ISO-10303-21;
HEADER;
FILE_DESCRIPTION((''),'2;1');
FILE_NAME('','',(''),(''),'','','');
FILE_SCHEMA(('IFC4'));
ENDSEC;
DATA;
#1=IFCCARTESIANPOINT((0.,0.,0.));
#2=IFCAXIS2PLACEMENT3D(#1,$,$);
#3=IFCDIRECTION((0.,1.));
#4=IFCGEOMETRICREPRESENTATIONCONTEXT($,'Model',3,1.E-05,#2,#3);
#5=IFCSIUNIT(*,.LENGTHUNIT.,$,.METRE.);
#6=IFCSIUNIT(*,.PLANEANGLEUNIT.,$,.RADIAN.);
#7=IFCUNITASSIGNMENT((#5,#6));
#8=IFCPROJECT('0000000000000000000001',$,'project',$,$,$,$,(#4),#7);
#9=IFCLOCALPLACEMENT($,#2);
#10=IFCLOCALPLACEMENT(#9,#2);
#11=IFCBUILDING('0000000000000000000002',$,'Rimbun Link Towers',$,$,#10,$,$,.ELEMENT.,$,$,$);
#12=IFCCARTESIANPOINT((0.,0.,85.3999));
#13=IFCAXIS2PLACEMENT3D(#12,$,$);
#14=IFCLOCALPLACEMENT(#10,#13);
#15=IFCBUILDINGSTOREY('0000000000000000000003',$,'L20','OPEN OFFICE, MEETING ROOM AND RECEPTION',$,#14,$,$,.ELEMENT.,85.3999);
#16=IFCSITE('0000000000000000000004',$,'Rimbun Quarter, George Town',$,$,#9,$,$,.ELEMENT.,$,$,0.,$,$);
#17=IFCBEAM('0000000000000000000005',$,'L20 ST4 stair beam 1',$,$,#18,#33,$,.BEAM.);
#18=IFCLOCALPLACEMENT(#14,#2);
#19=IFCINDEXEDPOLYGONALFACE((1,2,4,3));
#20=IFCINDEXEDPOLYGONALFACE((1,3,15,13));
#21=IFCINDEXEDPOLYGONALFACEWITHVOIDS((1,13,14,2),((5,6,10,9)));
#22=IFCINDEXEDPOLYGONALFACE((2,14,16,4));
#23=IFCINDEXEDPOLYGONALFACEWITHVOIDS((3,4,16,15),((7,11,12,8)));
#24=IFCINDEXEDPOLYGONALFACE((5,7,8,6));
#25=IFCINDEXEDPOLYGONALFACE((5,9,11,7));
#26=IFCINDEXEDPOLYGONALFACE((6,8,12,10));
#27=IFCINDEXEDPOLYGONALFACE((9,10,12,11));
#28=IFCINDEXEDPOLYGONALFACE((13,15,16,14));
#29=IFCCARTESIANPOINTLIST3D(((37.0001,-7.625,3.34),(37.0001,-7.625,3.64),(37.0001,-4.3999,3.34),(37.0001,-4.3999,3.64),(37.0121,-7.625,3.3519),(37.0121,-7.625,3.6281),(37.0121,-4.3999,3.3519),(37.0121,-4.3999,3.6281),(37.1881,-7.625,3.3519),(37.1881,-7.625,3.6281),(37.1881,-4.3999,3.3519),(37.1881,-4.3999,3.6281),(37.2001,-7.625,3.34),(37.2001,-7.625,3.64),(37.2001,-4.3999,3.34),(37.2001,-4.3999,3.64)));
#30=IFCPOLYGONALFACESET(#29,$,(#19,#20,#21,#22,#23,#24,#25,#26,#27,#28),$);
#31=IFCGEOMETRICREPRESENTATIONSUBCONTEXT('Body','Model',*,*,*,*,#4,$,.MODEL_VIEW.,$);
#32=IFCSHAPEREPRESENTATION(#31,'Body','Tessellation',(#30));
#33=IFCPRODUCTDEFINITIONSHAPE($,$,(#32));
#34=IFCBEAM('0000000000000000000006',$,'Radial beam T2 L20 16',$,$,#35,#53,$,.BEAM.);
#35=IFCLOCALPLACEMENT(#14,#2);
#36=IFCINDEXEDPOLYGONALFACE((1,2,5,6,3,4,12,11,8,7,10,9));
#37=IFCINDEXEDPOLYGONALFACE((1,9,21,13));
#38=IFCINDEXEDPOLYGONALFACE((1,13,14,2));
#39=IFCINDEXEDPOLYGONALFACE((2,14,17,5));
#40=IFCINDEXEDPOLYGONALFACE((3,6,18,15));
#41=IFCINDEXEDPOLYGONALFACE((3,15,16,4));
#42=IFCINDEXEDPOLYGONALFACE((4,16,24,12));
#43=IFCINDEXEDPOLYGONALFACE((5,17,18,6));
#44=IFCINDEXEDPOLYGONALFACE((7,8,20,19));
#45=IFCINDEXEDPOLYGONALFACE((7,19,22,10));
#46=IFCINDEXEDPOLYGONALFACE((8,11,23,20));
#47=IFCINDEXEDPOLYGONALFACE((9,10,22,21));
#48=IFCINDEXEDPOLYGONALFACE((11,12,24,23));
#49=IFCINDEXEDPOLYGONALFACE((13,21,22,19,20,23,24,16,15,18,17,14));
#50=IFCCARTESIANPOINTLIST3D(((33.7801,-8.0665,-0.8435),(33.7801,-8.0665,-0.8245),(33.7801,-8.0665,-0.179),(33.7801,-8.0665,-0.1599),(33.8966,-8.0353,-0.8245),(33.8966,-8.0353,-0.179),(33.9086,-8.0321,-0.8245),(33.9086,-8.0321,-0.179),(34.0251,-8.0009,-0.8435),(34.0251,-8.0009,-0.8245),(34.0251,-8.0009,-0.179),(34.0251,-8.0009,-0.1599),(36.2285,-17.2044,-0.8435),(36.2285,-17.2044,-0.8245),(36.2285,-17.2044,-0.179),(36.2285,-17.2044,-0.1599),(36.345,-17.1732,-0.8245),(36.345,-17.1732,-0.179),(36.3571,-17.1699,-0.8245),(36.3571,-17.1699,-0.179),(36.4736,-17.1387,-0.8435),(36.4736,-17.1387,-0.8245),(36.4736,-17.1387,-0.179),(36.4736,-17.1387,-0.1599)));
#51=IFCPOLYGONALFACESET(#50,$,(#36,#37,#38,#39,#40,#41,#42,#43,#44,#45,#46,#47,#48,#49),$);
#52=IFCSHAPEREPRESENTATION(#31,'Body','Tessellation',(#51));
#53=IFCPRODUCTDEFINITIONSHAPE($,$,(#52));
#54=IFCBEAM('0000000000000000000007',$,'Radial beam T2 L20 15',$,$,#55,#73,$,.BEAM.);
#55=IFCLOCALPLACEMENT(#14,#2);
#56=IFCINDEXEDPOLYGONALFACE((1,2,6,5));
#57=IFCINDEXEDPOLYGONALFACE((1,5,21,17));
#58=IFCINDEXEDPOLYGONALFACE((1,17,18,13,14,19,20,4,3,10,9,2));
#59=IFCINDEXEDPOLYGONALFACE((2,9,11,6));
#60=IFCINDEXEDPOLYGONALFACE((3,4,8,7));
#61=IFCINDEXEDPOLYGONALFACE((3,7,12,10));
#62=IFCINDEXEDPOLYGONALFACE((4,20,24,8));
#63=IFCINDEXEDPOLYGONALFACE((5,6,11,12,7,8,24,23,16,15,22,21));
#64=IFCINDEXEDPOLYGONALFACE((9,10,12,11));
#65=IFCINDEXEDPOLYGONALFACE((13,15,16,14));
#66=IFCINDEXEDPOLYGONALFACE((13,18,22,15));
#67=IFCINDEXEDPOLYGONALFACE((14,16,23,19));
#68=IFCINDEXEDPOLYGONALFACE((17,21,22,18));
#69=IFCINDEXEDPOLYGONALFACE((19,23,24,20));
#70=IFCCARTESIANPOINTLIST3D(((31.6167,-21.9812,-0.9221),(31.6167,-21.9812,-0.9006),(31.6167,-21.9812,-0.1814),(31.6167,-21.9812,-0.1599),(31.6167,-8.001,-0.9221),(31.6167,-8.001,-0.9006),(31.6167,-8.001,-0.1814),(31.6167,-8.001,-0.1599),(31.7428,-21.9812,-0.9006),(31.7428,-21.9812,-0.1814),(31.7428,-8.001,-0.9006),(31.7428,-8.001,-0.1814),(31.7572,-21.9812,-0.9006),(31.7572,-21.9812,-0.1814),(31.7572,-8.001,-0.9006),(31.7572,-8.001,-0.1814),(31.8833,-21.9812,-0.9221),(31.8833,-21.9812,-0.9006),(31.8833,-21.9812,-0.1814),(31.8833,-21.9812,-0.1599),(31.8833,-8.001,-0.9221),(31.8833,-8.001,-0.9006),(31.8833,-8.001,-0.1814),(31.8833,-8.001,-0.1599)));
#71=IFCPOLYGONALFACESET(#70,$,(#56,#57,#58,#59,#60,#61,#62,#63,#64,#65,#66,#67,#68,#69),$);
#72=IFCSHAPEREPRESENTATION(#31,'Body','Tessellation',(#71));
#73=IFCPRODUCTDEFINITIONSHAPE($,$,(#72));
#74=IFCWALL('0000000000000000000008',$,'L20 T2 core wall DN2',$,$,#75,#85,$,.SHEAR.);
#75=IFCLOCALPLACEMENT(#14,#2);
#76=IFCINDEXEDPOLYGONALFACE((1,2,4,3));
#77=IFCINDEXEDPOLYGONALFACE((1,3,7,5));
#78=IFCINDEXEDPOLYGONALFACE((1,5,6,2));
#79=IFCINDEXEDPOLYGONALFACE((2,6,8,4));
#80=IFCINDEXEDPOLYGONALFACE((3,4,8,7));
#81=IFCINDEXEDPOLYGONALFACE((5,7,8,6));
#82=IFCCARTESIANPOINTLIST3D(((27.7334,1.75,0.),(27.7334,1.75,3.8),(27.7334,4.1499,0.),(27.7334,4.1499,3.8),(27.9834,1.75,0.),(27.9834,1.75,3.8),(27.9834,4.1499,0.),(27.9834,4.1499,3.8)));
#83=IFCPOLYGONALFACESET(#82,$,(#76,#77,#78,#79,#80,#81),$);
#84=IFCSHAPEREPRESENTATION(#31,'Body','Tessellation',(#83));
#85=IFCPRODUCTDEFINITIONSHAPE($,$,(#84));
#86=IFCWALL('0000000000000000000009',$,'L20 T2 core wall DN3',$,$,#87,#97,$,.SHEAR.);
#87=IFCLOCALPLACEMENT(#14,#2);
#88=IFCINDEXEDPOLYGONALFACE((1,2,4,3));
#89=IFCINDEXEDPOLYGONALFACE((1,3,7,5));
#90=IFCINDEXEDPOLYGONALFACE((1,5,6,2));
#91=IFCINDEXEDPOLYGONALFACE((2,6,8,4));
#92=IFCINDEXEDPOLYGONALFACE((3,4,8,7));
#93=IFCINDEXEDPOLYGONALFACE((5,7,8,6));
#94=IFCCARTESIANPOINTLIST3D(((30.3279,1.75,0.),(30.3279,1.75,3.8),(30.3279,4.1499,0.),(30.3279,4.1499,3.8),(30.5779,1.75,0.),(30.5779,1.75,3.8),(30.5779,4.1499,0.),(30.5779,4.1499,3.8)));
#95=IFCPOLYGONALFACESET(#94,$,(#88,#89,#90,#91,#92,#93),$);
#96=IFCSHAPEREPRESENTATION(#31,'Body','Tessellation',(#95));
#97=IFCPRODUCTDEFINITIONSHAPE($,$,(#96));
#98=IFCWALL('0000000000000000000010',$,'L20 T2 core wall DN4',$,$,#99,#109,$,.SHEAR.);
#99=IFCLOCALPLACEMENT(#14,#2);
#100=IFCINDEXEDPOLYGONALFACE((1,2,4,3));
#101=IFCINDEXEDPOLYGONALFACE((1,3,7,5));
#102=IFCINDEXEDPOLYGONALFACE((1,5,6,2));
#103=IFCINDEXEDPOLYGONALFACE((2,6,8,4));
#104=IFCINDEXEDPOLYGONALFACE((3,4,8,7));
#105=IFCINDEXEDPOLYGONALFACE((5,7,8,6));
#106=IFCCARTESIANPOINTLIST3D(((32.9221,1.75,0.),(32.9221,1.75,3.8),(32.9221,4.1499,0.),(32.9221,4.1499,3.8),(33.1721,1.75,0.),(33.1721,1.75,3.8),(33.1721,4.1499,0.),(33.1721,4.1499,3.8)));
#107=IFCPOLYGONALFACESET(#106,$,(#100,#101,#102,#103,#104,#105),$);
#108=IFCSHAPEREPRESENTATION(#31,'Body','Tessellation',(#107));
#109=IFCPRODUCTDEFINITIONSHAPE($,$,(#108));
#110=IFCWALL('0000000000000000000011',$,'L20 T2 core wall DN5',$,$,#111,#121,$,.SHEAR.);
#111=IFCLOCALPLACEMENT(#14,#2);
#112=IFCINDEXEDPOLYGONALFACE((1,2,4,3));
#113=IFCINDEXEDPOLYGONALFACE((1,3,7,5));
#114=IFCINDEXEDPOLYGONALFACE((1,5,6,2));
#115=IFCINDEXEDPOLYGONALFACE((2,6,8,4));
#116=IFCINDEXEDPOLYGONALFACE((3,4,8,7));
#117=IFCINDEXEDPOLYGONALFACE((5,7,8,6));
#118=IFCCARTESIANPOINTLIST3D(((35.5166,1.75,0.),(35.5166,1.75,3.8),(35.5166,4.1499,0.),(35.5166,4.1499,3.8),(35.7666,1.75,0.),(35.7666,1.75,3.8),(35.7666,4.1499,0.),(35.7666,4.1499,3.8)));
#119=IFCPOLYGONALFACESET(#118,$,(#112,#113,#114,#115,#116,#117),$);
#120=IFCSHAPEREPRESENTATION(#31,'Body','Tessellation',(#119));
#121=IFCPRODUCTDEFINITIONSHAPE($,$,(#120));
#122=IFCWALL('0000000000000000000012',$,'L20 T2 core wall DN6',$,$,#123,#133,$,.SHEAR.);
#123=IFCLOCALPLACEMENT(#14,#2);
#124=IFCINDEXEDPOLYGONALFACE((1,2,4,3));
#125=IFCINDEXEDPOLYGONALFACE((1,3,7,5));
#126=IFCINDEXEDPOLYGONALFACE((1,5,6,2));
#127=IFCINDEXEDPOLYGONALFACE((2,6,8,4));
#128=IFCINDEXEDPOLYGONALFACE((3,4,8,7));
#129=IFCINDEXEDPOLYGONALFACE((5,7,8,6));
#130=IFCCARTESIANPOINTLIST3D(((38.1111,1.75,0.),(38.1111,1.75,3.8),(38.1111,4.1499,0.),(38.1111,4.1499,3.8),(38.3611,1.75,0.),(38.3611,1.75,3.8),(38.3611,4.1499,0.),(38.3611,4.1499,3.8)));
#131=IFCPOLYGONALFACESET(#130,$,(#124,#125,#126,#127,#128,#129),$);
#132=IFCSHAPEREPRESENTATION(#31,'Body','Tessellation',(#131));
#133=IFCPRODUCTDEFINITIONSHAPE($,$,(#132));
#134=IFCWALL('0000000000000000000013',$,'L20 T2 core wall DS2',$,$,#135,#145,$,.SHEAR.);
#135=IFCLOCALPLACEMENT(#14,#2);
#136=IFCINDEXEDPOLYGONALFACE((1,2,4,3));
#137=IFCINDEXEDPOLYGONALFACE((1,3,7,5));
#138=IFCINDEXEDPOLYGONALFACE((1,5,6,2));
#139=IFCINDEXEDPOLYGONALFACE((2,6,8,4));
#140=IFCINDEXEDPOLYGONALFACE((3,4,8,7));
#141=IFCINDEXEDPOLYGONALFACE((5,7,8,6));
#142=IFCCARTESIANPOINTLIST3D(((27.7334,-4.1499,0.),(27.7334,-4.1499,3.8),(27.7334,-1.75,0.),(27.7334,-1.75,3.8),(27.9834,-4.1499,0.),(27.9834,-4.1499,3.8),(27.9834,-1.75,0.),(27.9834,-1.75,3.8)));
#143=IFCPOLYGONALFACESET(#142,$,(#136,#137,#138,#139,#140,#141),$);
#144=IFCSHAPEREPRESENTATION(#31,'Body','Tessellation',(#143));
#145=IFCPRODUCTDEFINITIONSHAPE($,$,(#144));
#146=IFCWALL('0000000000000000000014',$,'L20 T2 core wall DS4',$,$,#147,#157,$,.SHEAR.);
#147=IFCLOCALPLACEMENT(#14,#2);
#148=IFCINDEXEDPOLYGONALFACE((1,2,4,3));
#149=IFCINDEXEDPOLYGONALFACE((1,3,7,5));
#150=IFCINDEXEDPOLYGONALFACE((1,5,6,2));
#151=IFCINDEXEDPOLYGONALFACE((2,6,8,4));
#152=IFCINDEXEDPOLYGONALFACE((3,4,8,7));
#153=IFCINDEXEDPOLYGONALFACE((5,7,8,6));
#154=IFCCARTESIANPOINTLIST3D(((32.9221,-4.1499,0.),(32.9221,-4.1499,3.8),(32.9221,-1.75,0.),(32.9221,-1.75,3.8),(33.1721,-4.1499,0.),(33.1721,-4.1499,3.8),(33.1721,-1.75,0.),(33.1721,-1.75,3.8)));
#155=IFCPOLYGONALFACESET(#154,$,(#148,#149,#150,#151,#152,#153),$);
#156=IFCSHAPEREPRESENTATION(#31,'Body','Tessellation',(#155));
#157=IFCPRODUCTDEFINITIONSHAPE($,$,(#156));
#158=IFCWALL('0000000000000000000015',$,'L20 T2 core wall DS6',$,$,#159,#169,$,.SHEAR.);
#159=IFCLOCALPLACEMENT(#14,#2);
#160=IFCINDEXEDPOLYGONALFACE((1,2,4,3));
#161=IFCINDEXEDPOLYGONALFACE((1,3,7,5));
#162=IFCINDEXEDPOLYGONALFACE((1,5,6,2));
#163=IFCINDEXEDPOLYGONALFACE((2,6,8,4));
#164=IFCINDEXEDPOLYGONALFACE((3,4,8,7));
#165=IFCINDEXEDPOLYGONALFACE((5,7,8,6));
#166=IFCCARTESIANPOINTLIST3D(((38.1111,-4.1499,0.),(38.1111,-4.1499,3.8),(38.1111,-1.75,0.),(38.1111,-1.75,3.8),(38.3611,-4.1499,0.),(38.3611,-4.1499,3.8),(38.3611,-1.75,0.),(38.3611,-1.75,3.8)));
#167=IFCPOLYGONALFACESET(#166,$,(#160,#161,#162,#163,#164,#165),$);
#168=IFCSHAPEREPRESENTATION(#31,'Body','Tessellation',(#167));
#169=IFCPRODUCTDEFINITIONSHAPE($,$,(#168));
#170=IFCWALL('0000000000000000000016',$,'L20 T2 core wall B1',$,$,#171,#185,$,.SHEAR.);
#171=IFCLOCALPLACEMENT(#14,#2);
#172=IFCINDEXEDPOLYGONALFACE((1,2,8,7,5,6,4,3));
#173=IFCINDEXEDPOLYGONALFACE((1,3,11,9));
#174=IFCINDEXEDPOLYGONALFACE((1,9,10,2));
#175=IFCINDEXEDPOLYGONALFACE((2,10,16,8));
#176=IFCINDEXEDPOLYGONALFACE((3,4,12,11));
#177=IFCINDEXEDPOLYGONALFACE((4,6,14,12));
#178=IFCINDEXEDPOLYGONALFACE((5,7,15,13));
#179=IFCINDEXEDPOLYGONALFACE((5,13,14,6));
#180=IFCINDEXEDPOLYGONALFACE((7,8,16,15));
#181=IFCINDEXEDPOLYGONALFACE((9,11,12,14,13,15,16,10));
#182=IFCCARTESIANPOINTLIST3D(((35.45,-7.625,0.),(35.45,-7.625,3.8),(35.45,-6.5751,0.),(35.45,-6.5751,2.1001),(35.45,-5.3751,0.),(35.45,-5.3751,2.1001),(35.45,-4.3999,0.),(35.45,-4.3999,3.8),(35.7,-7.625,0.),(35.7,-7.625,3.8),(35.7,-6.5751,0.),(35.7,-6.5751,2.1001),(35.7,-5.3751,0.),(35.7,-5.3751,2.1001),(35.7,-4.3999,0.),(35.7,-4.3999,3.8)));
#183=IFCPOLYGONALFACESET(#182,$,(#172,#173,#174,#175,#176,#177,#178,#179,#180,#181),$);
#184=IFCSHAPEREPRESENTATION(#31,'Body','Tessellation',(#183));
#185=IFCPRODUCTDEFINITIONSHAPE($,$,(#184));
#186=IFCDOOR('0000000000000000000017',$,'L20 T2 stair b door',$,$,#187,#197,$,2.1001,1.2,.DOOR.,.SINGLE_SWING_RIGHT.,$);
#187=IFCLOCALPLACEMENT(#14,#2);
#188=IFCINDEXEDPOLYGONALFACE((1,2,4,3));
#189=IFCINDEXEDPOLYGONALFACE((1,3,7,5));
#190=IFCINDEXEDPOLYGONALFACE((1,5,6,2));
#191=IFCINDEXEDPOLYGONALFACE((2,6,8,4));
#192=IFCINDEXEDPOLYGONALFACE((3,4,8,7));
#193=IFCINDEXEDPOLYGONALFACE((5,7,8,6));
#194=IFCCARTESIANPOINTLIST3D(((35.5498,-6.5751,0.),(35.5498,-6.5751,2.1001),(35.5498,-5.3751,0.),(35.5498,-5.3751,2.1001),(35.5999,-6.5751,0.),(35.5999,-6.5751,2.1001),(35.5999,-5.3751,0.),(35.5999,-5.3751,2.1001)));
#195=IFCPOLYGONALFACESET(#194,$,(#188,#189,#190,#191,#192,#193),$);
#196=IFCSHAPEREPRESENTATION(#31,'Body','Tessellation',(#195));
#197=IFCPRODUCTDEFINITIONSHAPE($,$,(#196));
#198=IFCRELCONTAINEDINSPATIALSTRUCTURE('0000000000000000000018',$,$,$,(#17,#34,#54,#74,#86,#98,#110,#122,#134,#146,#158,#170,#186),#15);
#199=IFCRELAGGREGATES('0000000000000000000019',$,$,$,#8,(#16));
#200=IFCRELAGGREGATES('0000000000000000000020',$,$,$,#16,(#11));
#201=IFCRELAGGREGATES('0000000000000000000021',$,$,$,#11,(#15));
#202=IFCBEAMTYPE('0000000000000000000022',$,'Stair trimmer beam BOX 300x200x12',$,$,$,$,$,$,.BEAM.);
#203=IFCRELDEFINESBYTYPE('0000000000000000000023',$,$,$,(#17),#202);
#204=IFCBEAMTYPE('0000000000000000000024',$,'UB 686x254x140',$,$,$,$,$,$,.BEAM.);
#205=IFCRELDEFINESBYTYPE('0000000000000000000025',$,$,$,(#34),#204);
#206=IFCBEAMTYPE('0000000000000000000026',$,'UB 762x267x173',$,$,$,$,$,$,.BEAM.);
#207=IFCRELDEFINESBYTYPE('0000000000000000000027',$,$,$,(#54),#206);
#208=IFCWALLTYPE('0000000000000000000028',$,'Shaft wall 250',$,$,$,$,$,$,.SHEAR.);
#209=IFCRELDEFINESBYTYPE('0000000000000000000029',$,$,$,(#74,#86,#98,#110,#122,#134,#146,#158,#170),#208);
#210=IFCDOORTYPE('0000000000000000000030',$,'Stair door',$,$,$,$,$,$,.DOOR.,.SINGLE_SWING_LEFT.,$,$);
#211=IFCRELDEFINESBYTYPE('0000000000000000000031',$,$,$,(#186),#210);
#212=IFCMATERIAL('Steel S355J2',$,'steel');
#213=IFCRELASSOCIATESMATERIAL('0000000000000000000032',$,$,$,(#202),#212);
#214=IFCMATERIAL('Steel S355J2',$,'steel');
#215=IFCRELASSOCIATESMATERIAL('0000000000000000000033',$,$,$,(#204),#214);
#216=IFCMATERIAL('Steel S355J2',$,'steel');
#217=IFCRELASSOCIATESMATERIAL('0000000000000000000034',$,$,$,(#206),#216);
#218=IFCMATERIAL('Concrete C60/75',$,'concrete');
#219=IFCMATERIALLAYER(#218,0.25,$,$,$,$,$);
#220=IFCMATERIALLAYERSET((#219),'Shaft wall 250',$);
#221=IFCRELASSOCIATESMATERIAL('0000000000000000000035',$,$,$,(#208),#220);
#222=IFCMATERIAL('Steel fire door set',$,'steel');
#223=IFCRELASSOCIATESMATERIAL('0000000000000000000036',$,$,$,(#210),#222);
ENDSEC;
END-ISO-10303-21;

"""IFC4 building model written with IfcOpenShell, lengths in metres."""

from ifc_helpers import new_model, si_unit, direction, frame, frame_2d, origin, origin_2d, place, context, subcontext, project, spatial, rectangle, hollow_rectangle, i_section, extrude, material, layer, layer_set, material_profile, profile_set, type_object, element, fill, save


model = new_model("IFC4")

# Units and contexts
model_context = context("Model", 3, precision=1e-05, world=origin(), true_north=direction((0.0, 1.0)))
body_context = subcontext(model_context, "Body", "Model", "MODEL_VIEW")
ifc_project = project(units=[si_unit("LENGTHUNIT", "METRE"), si_unit("PLANEANGLEUNIT", "RADIAN")], contexts=[model_context])

# Site, building, storey
site_placement = place(None, origin())
site = spatial("IfcSite", under=ifc_project, at=site_placement, Name="Rimbun Quarter, George Town", CompositionType="ELEMENT", RefElevation=0.0)
building_placement = place(site_placement, origin())
building = spatial("IfcBuilding", under=site, at=building_placement, Name="Rimbun Link Towers", CompositionType="ELEMENT")
storey_placement = place(building_placement, frame((0.0, 0.0, 85.3999)))
storey = spatial("IfcBuildingStorey", under=building, at=storey_placement, Name="L20", Description="OPEN OFFICE, MEETING ROOM AND RECEPTION", CompositionType="ELEMENT", Elevation=85.3999)

# Beams
ifc_material_1 = material(Name="Steel S355J2", Category="steel")
ifc_material_profile_1 = material_profile(ifc_material_1, hollow_rectangle(XDim=0.2, YDim=0.3, WallThickness=0.012, at=origin_2d()), Name="BOX 300x200x12")
ifc_profile_set_1 = profile_set([ifc_material_profile_1], Name="Steel S355J2")
beam_type_1 = type_object("IfcBeamType", Name="Stair trimmer beam BOX 300x200x12", PredefinedType="BEAM", material=ifc_profile_set_1)
beam_1_placement = place(storey_placement, frame((37.1001, -7.625, 3.49), z_axis=(0.0, 1.0, 0.0), x_axis=(-1.0, 0.0, 0.0)))
element("IfcBeam", 1, at=beam_1_placement, inside=storey, type_object=beam_type_1, Name="L20 ST4 stair beam 1", PredefinedType="BEAM", context=body_context, shape_type="SweptSolid", body=[
    extrude(hollow_rectangle(XDim=0.2, YDim=0.3, WallThickness=0.012, at=origin_2d()), origin(), (0.0, 0.0, 1.0), 3.2251),
])
ifc_material_2 = material(Name="Steel S355J2", Category="steel")
ifc_material_profile_2 = material_profile(ifc_material_2, i_section(OverallWidth=0.2537, OverallDepth=0.6836, WebThickness=0.0125, FlangeThickness=0.019, at=origin_2d()), Name="UB 686x254x140")
ifc_profile_set_2 = profile_set([ifc_material_profile_2], Name="Steel S355J2")
beam_type_2 = type_object("IfcBeamType", Name="UB 686x254x140", PredefinedType="BEAM", material=ifc_profile_set_2)
beam_2_placement = place(storey_placement, frame((33.9026, -8.0337, -0.5017), z_axis=(0.258817, -0.965926, 0.0), x_axis=(0.965926, 0.258817, 0.0)))
element("IfcBeam", 2, at=beam_2_placement, inside=storey, type_object=beam_type_2, Name="Radial beam T2 L20 16", PredefinedType="BEAM", context=body_context, shape_type="SweptSolid", body=[
    extrude(i_section(OverallWidth=0.2537, OverallDepth=0.6836, WebThickness=0.0125, FlangeThickness=0.019, at=origin_2d()), origin(), (0.0, 0.0, 1.0), 9.4602),
])
ifc_material_3 = material(Name="Steel S355J2", Category="steel")
ifc_material_profile_3 = material_profile(ifc_material_3, i_section(OverallWidth=0.2666, OverallDepth=0.7622, WebThickness=0.0144, FlangeThickness=0.0215, at=origin_2d()), Name="UB 762x267x173")
ifc_profile_set_3 = profile_set([ifc_material_profile_3], Name="Steel S355J2")
beam_type_3 = type_object("IfcBeamType", Name="UB 762x267x173", PredefinedType="BEAM", material=ifc_profile_set_3)
beam_3_placement = place(storey_placement, frame((31.75, -8.001, -0.541), z_axis=(0.0, -1.0, 0.0), x_axis=(1.0, 0.0, 0.0)))
element("IfcBeam", 3, at=beam_3_placement, inside=storey, type_object=beam_type_3, Name="Radial beam T2 L20 15", PredefinedType="BEAM", context=body_context, shape_type="SweptSolid", body=[
    extrude(i_section(OverallWidth=0.2666, OverallDepth=0.7622, WebThickness=0.0144, FlangeThickness=0.0215, at=origin_2d()), origin(), (0.0, 0.0, 1.0), 13.9802),
])

# Walls
ifc_material_4 = material(Name="Concrete C60/75", Category="concrete")
ifc_layer = layer(ifc_material_4, 0.25)
ifc_layer_set = layer_set([ifc_layer], Name="Shaft wall 250")
wall_type = type_object("IfcWallType", Name="Shaft wall 250", PredefinedType="SHEAR", material=ifc_layer_set)
for number, where, z_axis, x_axis, name in (
    (4, (27.8584, 1.75, 0.0), (0.0, 0.0, 1.0), (0.0, 1.0, 0.0), "L20 T2 core wall DN2"),
    (5, (30.4529, 1.75, 0.0), (0.0, 0.0, 1.0), (0.0, 1.0, 0.0), "L20 T2 core wall DN3"),
    (6, (33.0471, 1.75, 0.0), (0.0, 0.0, 1.0), (0.0, 1.0, 0.0), "L20 T2 core wall DN4"),
    (7, (35.6416, 1.75, 0.0), (0.0, 0.0, 1.0), (0.0, 1.0, 0.0), "L20 T2 core wall DN5"),
    (8, (38.2361, 1.75, 0.0), (0.0, 0.0, 1.0), (0.0, 1.0, 0.0), "L20 T2 core wall DN6"),
    (9, (27.8584, -4.1499, 0.0), (0.0, 0.0, 1.0), (0.0, 1.0, 0.0), "L20 T2 core wall DS2"),
    (10, (33.0471, -4.1499, 0.0), (0.0, 0.0, 1.0), (0.0, 1.0, 0.0), "L20 T2 core wall DS4"),
    (11, (38.2361, -4.1499, 0.0), (0.0, 0.0, 1.0), (0.0, 1.0, 0.0), "L20 T2 core wall DS6"),
):
    element("IfcWall", number, at=place(storey_placement, frame(where, z_axis=z_axis, x_axis=x_axis)), inside=storey, type_object=wall_type, Name=name, PredefinedType="SHEAR", context=body_context, shape_type="SweptSolid", body=[
        extrude(rectangle(XDim=2.3999, YDim=0.25, at=frame_2d((1.2, 0.0))), origin(), (0.0, 0.0, 1.0), 3.8),
    ])

# Wall, opening, door
wall_1_placement = place(storey_placement, frame((35.575, -4.3999, 0.0), z_axis=(0.0, 0.0, 1.0), x_axis=(0.0, -1.0, 0.0)))
wall_1 = element("IfcWall", 12, at=wall_1_placement, inside=storey, type_object=wall_type, Name="L20 T2 core wall B1", PredefinedType="SHEAR", context=body_context, shape_type="SweptSolid", body=[
    extrude(rectangle(XDim=3.2251, YDim=0.25, at=frame_2d((1.6125, 0.0))), origin(), (0.0, 0.0, 1.0), 3.8),
])
opening_1_placement = place(wall_1_placement, frame((0.9751, 0.0, 0.0)))
opening_1 = element("IfcOpeningElement", 13, at=opening_1_placement, cuts=wall_1, PredefinedType="OPENING", context=body_context, shape_type="SweptSolid", body=[
    extrude(rectangle(XDim=1.2, YDim=2.1001, at=frame_2d((0.6001, 1.05))), frame((0.0, 0.135, 0.0), z_axis=(0.0, -1.0, 0.0), x_axis=(1.0, 0.0, 0.0)), (0.0, 0.0, 1.0), 0.27),
])
ifc_material_5 = material(Name="Steel fire door set", Category="steel")
door_type_1 = type_object("IfcDoorType", Name="Stair door", OperationType="SINGLE_SWING_LEFT", PredefinedType="DOOR", material=ifc_material_5)
door_1_placement = place(opening_1_placement, origin())
door_1 = element("IfcDoor", 14, at=door_1_placement, inside=storey, type_object=door_type_1, Name="L20 T2 stair b door", OperationType="SINGLE_SWING_RIGHT", OverallHeight=2.1001, OverallWidth=1.2, PredefinedType="DOOR", context=body_context, shape_type="SweptSolid", body=[
    extrude(rectangle(XDim=1.2, YDim=2.1001, at=frame_2d((0.6001, 1.05))), frame((0.0, 0.0249, 0.0), z_axis=(0.0, -1.0, 0.0), x_axis=(1.0, 0.0, 0.0)), (0.0, 0.0, 1.0), 0.05),
])
fill(opening_1, door_1)

save(model, "model.ifc")
